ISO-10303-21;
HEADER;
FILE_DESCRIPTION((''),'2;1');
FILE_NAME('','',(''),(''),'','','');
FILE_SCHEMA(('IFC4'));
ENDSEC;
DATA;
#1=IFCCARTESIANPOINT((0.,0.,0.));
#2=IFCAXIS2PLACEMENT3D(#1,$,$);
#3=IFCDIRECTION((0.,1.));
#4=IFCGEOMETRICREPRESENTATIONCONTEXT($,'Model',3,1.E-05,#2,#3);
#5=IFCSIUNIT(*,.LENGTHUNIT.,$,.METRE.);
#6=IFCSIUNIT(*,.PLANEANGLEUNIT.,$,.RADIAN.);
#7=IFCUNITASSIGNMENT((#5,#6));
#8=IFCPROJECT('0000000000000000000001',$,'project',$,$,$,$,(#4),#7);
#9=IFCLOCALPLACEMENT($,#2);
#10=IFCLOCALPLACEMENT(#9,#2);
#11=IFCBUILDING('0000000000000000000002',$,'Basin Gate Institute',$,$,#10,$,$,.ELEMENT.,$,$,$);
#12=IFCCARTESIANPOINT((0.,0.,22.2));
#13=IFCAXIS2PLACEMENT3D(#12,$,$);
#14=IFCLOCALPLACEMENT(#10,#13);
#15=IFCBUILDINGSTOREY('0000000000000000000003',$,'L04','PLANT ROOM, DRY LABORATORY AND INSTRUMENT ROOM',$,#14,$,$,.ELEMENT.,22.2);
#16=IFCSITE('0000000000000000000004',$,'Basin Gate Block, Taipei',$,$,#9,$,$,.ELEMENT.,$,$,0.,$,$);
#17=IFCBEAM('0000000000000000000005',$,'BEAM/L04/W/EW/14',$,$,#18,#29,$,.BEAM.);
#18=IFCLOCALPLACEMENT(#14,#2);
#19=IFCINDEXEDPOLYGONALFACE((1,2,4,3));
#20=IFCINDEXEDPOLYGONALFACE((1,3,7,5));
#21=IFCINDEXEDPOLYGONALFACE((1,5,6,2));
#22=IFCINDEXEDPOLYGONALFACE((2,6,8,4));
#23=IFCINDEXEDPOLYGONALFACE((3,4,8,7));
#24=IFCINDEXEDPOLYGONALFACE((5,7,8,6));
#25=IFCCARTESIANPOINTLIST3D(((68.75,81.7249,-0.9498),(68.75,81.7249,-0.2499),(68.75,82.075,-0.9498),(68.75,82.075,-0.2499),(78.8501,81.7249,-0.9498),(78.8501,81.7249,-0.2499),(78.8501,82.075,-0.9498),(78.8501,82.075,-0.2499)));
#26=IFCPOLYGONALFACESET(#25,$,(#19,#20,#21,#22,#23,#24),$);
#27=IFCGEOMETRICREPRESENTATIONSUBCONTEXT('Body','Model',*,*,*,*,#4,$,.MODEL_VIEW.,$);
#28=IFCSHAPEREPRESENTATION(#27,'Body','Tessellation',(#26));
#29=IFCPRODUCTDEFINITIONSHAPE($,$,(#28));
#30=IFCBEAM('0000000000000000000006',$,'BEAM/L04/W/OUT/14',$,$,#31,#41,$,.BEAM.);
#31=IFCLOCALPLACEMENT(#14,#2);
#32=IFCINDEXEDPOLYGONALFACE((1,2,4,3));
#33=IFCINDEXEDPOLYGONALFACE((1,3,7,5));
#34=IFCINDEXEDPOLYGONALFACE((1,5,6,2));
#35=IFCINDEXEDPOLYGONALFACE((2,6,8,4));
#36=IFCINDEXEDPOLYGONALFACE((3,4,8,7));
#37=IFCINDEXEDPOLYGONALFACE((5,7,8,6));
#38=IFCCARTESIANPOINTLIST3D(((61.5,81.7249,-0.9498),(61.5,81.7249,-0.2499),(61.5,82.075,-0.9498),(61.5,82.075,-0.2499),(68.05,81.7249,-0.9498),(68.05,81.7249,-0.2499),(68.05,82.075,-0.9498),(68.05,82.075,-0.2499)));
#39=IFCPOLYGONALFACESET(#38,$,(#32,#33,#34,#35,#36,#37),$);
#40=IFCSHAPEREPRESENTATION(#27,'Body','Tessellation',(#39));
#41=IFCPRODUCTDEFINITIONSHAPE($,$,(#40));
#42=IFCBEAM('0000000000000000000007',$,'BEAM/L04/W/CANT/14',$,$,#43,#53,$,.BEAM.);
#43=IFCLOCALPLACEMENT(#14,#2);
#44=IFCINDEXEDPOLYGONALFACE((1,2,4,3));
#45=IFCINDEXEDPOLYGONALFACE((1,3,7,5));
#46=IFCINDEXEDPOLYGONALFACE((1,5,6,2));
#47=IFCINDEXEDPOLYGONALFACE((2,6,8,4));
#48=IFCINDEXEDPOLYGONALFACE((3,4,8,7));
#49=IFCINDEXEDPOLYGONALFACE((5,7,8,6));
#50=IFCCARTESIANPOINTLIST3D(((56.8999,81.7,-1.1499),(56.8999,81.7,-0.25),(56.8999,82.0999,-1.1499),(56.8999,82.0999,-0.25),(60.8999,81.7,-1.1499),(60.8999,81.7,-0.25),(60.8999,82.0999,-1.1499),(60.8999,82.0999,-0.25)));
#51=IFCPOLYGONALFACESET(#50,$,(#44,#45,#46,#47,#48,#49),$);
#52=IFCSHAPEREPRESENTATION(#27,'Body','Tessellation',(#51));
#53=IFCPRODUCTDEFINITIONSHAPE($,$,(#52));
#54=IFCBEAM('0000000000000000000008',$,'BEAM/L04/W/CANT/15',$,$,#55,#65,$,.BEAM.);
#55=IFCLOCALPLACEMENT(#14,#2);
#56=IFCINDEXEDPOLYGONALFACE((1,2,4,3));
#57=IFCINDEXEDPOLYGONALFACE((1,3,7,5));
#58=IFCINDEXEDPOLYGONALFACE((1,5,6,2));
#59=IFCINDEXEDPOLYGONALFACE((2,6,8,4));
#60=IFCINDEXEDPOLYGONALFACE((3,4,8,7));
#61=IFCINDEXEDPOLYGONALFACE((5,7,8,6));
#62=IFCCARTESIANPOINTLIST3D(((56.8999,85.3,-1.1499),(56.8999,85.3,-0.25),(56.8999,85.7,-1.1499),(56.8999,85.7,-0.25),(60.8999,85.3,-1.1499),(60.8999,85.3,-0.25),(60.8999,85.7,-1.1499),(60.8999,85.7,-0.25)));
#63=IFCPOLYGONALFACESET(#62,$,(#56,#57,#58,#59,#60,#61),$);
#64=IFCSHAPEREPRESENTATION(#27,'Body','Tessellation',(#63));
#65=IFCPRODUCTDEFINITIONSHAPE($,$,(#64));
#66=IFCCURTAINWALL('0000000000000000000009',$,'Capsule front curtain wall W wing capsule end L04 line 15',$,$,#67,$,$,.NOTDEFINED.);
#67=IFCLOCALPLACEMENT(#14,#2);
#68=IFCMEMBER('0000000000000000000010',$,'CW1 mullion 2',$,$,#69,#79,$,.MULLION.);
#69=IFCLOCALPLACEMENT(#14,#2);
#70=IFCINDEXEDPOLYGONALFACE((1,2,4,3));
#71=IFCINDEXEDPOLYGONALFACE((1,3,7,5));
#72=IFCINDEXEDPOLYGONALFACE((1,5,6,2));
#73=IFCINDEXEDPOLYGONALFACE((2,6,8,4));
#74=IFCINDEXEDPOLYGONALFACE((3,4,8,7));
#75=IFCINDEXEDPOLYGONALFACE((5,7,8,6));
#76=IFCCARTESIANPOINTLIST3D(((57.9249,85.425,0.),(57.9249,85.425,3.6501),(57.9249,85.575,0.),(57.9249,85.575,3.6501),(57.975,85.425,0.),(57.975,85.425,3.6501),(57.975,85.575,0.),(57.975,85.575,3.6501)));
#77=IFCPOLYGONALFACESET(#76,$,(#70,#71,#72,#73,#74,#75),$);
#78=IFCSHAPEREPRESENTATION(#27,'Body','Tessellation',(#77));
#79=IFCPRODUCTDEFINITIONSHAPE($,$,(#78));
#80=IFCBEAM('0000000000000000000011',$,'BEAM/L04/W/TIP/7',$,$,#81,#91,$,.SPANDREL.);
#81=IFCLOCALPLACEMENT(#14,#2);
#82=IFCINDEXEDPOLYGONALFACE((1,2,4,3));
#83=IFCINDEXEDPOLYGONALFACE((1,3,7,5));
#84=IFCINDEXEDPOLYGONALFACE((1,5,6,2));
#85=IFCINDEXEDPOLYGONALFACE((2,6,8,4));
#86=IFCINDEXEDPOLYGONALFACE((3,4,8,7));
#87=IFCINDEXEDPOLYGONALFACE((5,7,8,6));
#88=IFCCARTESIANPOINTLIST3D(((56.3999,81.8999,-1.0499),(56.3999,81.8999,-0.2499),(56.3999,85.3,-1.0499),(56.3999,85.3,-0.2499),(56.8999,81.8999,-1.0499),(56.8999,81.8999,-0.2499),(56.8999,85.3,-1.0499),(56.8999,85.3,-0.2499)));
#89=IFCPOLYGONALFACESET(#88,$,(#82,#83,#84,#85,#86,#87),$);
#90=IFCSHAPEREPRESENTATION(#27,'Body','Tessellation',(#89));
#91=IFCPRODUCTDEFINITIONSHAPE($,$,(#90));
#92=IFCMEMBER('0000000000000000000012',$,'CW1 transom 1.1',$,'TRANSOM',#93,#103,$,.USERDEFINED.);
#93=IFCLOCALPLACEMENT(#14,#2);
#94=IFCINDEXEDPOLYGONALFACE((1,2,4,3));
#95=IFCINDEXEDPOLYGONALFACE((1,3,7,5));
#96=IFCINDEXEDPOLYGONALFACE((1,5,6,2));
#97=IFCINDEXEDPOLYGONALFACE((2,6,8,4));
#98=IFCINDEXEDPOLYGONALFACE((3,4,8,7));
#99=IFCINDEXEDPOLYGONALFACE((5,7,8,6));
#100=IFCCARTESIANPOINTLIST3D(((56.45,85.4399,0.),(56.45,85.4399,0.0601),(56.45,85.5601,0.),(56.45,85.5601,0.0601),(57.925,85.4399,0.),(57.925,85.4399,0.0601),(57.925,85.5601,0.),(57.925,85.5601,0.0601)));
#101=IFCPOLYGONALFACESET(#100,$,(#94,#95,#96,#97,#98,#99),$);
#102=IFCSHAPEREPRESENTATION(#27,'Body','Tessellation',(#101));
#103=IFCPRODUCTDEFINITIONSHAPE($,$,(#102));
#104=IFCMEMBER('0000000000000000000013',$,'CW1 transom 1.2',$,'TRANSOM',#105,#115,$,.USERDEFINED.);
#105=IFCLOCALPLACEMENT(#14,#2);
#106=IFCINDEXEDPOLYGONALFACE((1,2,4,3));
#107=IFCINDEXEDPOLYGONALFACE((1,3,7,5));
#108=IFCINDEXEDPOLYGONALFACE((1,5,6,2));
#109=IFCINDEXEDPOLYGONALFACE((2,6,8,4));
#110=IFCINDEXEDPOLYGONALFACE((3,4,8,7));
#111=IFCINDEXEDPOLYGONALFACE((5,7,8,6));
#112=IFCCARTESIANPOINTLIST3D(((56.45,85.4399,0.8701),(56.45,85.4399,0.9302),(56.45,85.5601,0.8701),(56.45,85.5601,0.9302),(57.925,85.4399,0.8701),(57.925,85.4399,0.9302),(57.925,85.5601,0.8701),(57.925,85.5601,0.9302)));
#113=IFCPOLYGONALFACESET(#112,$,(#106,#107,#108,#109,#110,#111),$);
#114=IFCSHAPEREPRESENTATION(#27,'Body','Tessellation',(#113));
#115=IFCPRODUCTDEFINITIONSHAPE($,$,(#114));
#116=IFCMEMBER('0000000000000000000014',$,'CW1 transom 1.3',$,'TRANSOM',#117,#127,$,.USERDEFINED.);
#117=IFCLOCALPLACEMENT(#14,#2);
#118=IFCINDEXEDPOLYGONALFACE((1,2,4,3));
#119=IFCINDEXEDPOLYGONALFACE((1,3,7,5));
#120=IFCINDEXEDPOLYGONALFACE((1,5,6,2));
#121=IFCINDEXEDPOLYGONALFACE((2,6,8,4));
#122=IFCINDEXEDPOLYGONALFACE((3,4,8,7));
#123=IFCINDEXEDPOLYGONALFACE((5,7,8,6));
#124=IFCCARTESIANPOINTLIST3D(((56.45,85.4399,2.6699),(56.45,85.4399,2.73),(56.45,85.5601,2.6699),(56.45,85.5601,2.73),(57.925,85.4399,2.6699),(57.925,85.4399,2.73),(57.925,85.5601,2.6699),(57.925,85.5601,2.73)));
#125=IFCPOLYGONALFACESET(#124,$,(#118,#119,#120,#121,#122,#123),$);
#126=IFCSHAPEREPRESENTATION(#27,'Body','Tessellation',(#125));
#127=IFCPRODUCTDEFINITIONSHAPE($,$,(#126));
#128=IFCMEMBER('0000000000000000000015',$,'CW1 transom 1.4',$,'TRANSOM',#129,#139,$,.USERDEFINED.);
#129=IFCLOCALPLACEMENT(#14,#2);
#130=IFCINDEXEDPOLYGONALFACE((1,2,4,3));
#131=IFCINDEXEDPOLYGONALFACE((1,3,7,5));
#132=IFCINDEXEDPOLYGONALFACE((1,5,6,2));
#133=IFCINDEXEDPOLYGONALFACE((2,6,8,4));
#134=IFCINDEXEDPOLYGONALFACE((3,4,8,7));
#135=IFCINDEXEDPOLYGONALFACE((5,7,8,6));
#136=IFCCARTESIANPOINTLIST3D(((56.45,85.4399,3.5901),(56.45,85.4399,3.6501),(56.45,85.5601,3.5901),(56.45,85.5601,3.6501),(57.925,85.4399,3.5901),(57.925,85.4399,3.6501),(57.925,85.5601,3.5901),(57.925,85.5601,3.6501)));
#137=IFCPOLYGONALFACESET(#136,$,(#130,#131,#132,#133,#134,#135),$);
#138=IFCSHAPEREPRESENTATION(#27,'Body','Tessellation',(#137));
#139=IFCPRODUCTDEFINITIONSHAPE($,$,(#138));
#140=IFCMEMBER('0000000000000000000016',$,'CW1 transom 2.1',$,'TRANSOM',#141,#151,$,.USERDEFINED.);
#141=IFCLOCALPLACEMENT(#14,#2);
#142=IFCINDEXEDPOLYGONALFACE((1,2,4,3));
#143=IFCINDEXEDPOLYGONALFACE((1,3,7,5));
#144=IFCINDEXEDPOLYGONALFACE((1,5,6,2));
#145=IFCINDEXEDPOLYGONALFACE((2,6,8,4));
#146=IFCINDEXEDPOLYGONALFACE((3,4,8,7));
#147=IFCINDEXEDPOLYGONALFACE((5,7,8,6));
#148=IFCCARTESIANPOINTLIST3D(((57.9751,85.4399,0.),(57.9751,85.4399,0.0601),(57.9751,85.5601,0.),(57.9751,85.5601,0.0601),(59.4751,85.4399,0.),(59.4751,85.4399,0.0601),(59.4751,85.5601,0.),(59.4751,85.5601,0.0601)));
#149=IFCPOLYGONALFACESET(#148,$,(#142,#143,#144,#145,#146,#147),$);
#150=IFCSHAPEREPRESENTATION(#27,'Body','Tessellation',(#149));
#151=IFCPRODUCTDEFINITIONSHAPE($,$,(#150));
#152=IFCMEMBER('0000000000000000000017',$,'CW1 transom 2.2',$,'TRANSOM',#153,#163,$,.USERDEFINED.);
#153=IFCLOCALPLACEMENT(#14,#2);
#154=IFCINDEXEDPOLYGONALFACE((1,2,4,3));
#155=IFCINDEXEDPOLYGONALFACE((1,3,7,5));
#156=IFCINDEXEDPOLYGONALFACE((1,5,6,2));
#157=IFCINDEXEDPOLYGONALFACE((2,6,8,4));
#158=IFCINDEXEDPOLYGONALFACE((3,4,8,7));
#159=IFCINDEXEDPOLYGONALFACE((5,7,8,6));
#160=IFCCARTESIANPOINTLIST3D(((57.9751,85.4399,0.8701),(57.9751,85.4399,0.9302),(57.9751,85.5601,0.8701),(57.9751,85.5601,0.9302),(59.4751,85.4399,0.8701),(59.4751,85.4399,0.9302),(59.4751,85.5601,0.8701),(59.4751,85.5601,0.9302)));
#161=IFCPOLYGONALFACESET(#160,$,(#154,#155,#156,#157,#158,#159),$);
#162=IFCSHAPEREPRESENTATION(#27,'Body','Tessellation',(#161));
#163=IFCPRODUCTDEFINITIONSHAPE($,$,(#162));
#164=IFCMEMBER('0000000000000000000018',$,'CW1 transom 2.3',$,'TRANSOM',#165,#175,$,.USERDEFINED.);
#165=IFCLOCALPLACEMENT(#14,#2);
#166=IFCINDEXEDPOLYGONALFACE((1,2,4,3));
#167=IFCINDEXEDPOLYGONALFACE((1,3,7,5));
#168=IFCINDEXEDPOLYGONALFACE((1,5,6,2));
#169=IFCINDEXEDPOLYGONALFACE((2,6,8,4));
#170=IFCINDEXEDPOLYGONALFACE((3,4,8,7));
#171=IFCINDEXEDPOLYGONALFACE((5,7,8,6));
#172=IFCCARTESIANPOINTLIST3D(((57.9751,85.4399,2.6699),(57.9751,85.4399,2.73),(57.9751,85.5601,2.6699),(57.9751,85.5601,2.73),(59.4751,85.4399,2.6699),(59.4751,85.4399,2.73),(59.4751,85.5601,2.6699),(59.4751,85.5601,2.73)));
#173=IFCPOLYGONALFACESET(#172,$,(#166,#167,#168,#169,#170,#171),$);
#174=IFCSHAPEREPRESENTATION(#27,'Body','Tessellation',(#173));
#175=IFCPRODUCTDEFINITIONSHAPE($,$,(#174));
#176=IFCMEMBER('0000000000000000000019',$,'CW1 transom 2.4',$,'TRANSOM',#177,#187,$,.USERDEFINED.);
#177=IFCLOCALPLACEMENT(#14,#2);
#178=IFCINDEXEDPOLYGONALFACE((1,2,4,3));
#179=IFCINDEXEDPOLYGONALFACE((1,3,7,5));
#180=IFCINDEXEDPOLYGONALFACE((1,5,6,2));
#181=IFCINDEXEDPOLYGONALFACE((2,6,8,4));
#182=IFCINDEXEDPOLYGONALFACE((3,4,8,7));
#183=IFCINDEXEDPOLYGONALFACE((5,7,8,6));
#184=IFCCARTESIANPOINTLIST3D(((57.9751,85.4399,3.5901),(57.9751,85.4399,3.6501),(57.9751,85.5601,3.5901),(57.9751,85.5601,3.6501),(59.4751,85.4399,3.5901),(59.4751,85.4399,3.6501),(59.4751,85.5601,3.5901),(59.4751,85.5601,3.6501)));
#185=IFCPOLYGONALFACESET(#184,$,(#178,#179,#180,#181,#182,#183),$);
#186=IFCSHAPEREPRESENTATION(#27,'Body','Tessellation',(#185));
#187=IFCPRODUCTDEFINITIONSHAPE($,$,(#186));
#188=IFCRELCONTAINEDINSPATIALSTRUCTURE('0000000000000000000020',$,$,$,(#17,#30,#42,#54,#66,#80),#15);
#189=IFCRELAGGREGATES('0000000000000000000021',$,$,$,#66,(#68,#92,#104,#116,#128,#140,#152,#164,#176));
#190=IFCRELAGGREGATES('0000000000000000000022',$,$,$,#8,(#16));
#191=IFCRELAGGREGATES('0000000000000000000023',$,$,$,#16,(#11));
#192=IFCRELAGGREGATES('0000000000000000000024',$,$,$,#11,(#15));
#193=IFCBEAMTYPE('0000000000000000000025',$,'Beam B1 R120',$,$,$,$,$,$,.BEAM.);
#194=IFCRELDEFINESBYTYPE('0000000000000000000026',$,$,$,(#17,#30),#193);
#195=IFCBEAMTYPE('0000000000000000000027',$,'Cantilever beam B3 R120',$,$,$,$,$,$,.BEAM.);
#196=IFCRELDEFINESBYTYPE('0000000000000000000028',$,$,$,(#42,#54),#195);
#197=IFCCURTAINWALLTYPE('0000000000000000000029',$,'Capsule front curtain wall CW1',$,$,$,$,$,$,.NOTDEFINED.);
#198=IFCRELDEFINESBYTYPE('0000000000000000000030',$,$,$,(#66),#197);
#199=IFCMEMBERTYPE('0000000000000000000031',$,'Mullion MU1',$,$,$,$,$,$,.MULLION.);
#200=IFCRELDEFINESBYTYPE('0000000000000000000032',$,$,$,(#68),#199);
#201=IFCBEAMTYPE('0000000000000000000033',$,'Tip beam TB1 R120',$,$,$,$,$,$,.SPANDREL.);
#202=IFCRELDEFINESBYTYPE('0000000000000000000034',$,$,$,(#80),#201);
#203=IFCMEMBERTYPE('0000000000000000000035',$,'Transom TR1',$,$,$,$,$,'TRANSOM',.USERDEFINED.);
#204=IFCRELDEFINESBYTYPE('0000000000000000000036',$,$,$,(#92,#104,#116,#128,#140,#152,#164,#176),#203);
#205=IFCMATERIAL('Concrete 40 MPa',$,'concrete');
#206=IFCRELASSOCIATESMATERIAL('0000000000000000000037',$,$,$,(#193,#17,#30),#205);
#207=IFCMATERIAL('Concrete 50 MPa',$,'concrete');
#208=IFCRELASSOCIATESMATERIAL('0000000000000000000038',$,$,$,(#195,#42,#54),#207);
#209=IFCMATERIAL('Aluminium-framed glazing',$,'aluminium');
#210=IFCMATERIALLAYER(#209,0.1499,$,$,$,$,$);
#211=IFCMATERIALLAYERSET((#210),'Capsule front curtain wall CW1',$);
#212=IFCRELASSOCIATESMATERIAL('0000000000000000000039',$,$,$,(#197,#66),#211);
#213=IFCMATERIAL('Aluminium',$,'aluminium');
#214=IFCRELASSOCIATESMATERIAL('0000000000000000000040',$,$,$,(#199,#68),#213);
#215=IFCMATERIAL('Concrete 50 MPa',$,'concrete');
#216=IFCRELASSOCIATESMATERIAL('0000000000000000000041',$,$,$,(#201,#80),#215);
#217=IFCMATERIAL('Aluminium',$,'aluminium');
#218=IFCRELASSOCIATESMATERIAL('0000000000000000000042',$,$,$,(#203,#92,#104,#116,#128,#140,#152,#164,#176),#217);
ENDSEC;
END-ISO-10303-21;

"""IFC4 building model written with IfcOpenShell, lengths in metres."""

from ifc_helpers import new_model, si_unit, direction, frame, origin, origin_2d, place, context, subcontext, project, spatial, rectangle, extrude, material, layer, layer_set, material_profile, profile_set, type_object, element, aggregate, save


model = new_model("IFC4")

# Units and contexts
model_context = context("Model", 3, precision=1e-05, world=origin(), true_north=direction((0.0, 1.0)))
body_context = subcontext(model_context, "Body", "Model", "MODEL_VIEW")
ifc_project = project(units=[si_unit("LENGTHUNIT", "METRE"), si_unit("PLANEANGLEUNIT", "RADIAN")], contexts=[model_context])

# Site, building, storey
site_placement = place(None, origin())
site = spatial("IfcSite", under=ifc_project, at=site_placement, Name="Basin Gate Block, Taipei", CompositionType="ELEMENT", RefElevation=0.0)
building_placement = place(site_placement, origin())
building = spatial("IfcBuilding", under=site, at=building_placement, Name="Basin Gate Institute", CompositionType="ELEMENT")
storey_placement = place(building_placement, frame((0.0, 0.0, 22.2)))
storey = spatial("IfcBuildingStorey", under=building, at=storey_placement, Name="L04", Description="PLANT ROOM, DRY LABORATORY AND INSTRUMENT ROOM", CompositionType="ELEMENT", Elevation=22.2)

# Beams
ifc_material_1 = material(Name="Concrete 40 MPa", Category="concrete")
ifc_material_profile_1 = material_profile(ifc_material_1, rectangle(XDim=0.3501, YDim=0.7, at=origin_2d()), Name="Beam B1 350 x 700")
ifc_profile_set_1 = profile_set([ifc_material_profile_1], Name="Concrete 40 MPa")
beam_type_1 = type_object("IfcBeamType", Name="Beam B1 R120", PredefinedType="BEAM", material=ifc_profile_set_1)
beam_1_placement = place(storey_placement, frame((68.75, 81.8999, -0.5999), z_axis=(1.0, 0.0, 0.0), x_axis=(0.0, 1.0, 0.0)))
element("IfcBeam", 1, at=beam_1_placement, inside=storey, type_object=beam_type_1, material=ifc_profile_set_1, Name="BEAM/L04/W/EW/14", PredefinedType="BEAM", context=body_context, shape_type="SweptSolid", body=[
    extrude(rectangle(XDim=0.3501, YDim=0.7, at=origin_2d()), origin(), (0.0, 0.0, 1.0), 10.1001),
])
beam_2_placement = place(storey_placement, frame((61.5, 81.8999, -0.5999), z_axis=(1.0, 0.0, 0.0), x_axis=(0.0, 1.0, 0.0)))
element("IfcBeam", 2, at=beam_2_placement, inside=storey, type_object=beam_type_1, material=ifc_profile_set_1, Name="BEAM/L04/W/OUT/14", PredefinedType="BEAM", context=body_context, shape_type="SweptSolid", body=[
    extrude(rectangle(XDim=0.3501, YDim=0.7, at=origin_2d()), origin(), (0.0, 0.0, 1.0), 6.55),
])
ifc_material_2 = material(Name="Concrete 50 MPa", Category="concrete")
ifc_material_profile_2 = material_profile(ifc_material_2, rectangle(XDim=0.3999, YDim=0.8999, at=origin_2d()), Name="Cantilever beam B3 400 x 900")
ifc_profile_set_2 = profile_set([ifc_material_profile_2], Name="Concrete 50 MPa")
beam_type_2 = type_object("IfcBeamType", Name="Cantilever beam B3 R120", PredefinedType="BEAM", material=ifc_profile_set_2)
for number, where, z_axis, x_axis, name in (
    (3, (56.8999, 81.8999, -0.7), (1.0, 0.0, 0.0), (0.0, 1.0, 0.0), "BEAM/L04/W/CANT/14"),
    (4, (56.8999, 85.5, -0.7), (1.0, 0.0, 0.0), (0.0, 1.0, 0.0), "BEAM/L04/W/CANT/15"),
):
    element("IfcBeam", number, at=place(storey_placement, frame(where, z_axis=z_axis, x_axis=x_axis)), inside=storey, type_object=beam_type_2, material=ifc_profile_set_2, Name=name, PredefinedType="BEAM", context=body_context, shape_type="SweptSolid", body=[
        extrude(rectangle(XDim=0.3999, YDim=0.8999, at=origin_2d()), origin(), (0.0, 0.0, 1.0), 4.0),
    ])

# Curtain wall, member
ifc_material_3 = material(Name="Aluminium-framed glazing", Category="aluminium")
ifc_layer_1 = layer(ifc_material_3, 0.1499)
ifc_layer_set_1 = layer_set([ifc_layer_1], Name="Capsule front curtain wall CW1")
curtain_wall_type = type_object("IfcCurtainWallType", Name="Capsule front curtain wall CW1", PredefinedType="NOTDEFINED", material=ifc_layer_set_1)
curtain_wall_placement = place(storey_placement, origin())
curtain_wall = element("IfcCurtainWall", 5, at=curtain_wall_placement, inside=storey, type_object=curtain_wall_type, material=ifc_layer_set_1, Name="Capsule front curtain wall W wing capsule end L04 line 15", PredefinedType="NOTDEFINED")
ifc_material_4 = material(Name="Aluminium", Category="aluminium")
ifc_material_profile_3 = material_profile(ifc_material_4, rectangle(XDim=0.1499, YDim=0.05, at=origin_2d()), Name="Mullion MU1 150 x 50")
ifc_profile_set_3 = profile_set([ifc_material_profile_3], Name="Aluminium")
member_type_1 = type_object("IfcMemberType", Name="Mullion MU1", PredefinedType="MULLION", material=ifc_profile_set_3)
member_1_placement = place(storey_placement, frame((57.95, 85.5, 0.0), z_axis=(0.0, 0.0, 1.0), x_axis=(0.0, 1.0, 0.0)))
member_1 = element("IfcMember", 6, at=member_1_placement, type_object=member_type_1, material=ifc_profile_set_3, Name="CW1 mullion 2", PredefinedType="MULLION", context=body_context, shape_type="SweptSolid", body=[
    extrude(rectangle(XDim=0.1499, YDim=0.05, at=origin_2d()), origin(), (0.0, 0.0, 1.0), 3.6501),
])

# Beam
ifc_material_5 = material(Name="Concrete 50 MPa", Category="concrete")
ifc_material_profile_4 = material_profile(ifc_material_5, rectangle(XDim=0.5, YDim=0.8, at=origin_2d()), Name="Tip beam TB1 500 x 800")
ifc_profile_set_4 = profile_set([ifc_material_profile_4], Name="Concrete 50 MPa")
beam_type_3 = type_object("IfcBeamType", Name="Tip beam TB1 R120", PredefinedType="SPANDREL", material=ifc_profile_set_4)
beam_3_placement = place(storey_placement, frame((56.6499, 81.8999, -0.6499), z_axis=(0.0, 1.0, 0.0), x_axis=(-1.0, 0.0, 0.0)))
element("IfcBeam", 7, at=beam_3_placement, inside=storey, type_object=beam_type_3, material=ifc_profile_set_4, Name="BEAM/L04/W/TIP/7", PredefinedType="SPANDREL", context=body_context, shape_type="SweptSolid", body=[
    extrude(rectangle(XDim=0.5, YDim=0.8, at=origin_2d()), origin(), (0.0, 0.0, 1.0), 3.4001),
])

# Members
ifc_material_6 = material(Name="Aluminium", Category="aluminium")
ifc_material_profile_5 = material_profile(ifc_material_6, rectangle(XDim=0.1201, YDim=0.0601, at=origin_2d()), Name="Transom TR1 120 x 60")
ifc_profile_set_5 = profile_set([ifc_material_profile_5], Name="Aluminium")
member_type_2 = type_object("IfcMemberType", Name="Transom TR1", ElementType="TRANSOM", PredefinedType="USERDEFINED", material=ifc_profile_set_5)
member_2_placement = place(storey_placement, frame((56.45, 85.5, 0.03), z_axis=(1.0, 0.0, 0.0), x_axis=(0.0, 1.0, 0.0)))
member_2 = element("IfcMember", 8, at=member_2_placement, type_object=member_type_2, material=ifc_profile_set_5, Name="CW1 transom 1.1", ObjectType="TRANSOM", PredefinedType="USERDEFINED", context=body_context, shape_type="SweptSolid", body=[
    extrude(rectangle(XDim=0.1201, YDim=0.0601, at=origin_2d()), origin(), (0.0, 0.0, 1.0), 1.4751),
])
member_3_placement = place(storey_placement, frame((56.45, 85.5, 0.9001), z_axis=(1.0, 0.0, 0.0), x_axis=(0.0, 1.0, 0.0)))
member_3 = element("IfcMember", 9, at=member_3_placement, type_object=member_type_2, material=ifc_profile_set_5, Name="CW1 transom 1.2", ObjectType="TRANSOM", PredefinedType="USERDEFINED", context=body_context, shape_type="SweptSolid", body=[
    extrude(rectangle(XDim=0.1201, YDim=0.0601, at=origin_2d()), origin(), (0.0, 0.0, 1.0), 1.4751),
])
member_4_placement = place(storey_placement, frame((56.45, 85.5, 2.7), z_axis=(1.0, 0.0, 0.0), x_axis=(0.0, 1.0, 0.0)))
member_4 = element("IfcMember", 10, at=member_4_placement, type_object=member_type_2, material=ifc_profile_set_5, Name="CW1 transom 1.3", ObjectType="TRANSOM", PredefinedType="USERDEFINED", context=body_context, shape_type="SweptSolid", body=[
    extrude(rectangle(XDim=0.1201, YDim=0.0601, at=origin_2d()), origin(), (0.0, 0.0, 1.0), 1.4751),
])
member_5_placement = place(storey_placement, frame((56.45, 85.5, 3.6201), z_axis=(1.0, 0.0, 0.0), x_axis=(0.0, 1.0, 0.0)))
member_5 = element("IfcMember", 11, at=member_5_placement, type_object=member_type_2, material=ifc_profile_set_5, Name="CW1 transom 1.4", ObjectType="TRANSOM", PredefinedType="USERDEFINED", context=body_context, shape_type="SweptSolid", body=[
    extrude(rectangle(XDim=0.1201, YDim=0.0601, at=origin_2d()), origin(), (0.0, 0.0, 1.0), 1.4751),
])
member_6_placement = place(storey_placement, frame((57.9751, 85.5, 0.03), z_axis=(1.0, 0.0, 0.0), x_axis=(0.0, 1.0, 0.0)))
member_6 = element("IfcMember", 12, at=member_6_placement, type_object=member_type_2, material=ifc_profile_set_5, Name="CW1 transom 2.1", ObjectType="TRANSOM", PredefinedType="USERDEFINED", context=body_context, shape_type="SweptSolid", body=[
    extrude(rectangle(XDim=0.1201, YDim=0.0601, at=origin_2d()), origin(), (0.0, 0.0, 1.0), 1.5),
])
member_7_placement = place(storey_placement, frame((57.9751, 85.5, 0.9001), z_axis=(1.0, 0.0, 0.0), x_axis=(0.0, 1.0, 0.0)))
member_7 = element("IfcMember", 13, at=member_7_placement, type_object=member_type_2, material=ifc_profile_set_5, Name="CW1 transom 2.2", ObjectType="TRANSOM", PredefinedType="USERDEFINED", context=body_context, shape_type="SweptSolid", body=[
    extrude(rectangle(XDim=0.1201, YDim=0.0601, at=origin_2d()), origin(), (0.0, 0.0, 1.0), 1.5),
])
member_8_placement = place(storey_placement, frame((57.9751, 85.5, 2.7), z_axis=(1.0, 0.0, 0.0), x_axis=(0.0, 1.0, 0.0)))
member_8 = element("IfcMember", 14, at=member_8_placement, type_object=member_type_2, material=ifc_profile_set_5, Name="CW1 transom 2.3", ObjectType="TRANSOM", PredefinedType="USERDEFINED", context=body_context, shape_type="SweptSolid", body=[
    extrude(rectangle(XDim=0.1201, YDim=0.0601, at=origin_2d()), origin(), (0.0, 0.0, 1.0), 1.5),
])
member_9_placement = place(storey_placement, frame((57.9751, 85.5, 3.6201), z_axis=(1.0, 0.0, 0.0), x_axis=(0.0, 1.0, 0.0)))
member_9 = element("IfcMember", 15, at=member_9_placement, type_object=member_type_2, material=ifc_profile_set_5, Name="CW1 transom 2.4", ObjectType="TRANSOM", PredefinedType="USERDEFINED", context=body_context, shape_type="SweptSolid", body=[
    extrude(rectangle(XDim=0.1201, YDim=0.0601, at=origin_2d()), origin(), (0.0, 0.0, 1.0), 1.5),
])

aggregate(curtain_wall, [member_1, member_2, member_3, member_4, member_5, member_6, member_7, member_8, member_9])

save(model, "model.ifc")
